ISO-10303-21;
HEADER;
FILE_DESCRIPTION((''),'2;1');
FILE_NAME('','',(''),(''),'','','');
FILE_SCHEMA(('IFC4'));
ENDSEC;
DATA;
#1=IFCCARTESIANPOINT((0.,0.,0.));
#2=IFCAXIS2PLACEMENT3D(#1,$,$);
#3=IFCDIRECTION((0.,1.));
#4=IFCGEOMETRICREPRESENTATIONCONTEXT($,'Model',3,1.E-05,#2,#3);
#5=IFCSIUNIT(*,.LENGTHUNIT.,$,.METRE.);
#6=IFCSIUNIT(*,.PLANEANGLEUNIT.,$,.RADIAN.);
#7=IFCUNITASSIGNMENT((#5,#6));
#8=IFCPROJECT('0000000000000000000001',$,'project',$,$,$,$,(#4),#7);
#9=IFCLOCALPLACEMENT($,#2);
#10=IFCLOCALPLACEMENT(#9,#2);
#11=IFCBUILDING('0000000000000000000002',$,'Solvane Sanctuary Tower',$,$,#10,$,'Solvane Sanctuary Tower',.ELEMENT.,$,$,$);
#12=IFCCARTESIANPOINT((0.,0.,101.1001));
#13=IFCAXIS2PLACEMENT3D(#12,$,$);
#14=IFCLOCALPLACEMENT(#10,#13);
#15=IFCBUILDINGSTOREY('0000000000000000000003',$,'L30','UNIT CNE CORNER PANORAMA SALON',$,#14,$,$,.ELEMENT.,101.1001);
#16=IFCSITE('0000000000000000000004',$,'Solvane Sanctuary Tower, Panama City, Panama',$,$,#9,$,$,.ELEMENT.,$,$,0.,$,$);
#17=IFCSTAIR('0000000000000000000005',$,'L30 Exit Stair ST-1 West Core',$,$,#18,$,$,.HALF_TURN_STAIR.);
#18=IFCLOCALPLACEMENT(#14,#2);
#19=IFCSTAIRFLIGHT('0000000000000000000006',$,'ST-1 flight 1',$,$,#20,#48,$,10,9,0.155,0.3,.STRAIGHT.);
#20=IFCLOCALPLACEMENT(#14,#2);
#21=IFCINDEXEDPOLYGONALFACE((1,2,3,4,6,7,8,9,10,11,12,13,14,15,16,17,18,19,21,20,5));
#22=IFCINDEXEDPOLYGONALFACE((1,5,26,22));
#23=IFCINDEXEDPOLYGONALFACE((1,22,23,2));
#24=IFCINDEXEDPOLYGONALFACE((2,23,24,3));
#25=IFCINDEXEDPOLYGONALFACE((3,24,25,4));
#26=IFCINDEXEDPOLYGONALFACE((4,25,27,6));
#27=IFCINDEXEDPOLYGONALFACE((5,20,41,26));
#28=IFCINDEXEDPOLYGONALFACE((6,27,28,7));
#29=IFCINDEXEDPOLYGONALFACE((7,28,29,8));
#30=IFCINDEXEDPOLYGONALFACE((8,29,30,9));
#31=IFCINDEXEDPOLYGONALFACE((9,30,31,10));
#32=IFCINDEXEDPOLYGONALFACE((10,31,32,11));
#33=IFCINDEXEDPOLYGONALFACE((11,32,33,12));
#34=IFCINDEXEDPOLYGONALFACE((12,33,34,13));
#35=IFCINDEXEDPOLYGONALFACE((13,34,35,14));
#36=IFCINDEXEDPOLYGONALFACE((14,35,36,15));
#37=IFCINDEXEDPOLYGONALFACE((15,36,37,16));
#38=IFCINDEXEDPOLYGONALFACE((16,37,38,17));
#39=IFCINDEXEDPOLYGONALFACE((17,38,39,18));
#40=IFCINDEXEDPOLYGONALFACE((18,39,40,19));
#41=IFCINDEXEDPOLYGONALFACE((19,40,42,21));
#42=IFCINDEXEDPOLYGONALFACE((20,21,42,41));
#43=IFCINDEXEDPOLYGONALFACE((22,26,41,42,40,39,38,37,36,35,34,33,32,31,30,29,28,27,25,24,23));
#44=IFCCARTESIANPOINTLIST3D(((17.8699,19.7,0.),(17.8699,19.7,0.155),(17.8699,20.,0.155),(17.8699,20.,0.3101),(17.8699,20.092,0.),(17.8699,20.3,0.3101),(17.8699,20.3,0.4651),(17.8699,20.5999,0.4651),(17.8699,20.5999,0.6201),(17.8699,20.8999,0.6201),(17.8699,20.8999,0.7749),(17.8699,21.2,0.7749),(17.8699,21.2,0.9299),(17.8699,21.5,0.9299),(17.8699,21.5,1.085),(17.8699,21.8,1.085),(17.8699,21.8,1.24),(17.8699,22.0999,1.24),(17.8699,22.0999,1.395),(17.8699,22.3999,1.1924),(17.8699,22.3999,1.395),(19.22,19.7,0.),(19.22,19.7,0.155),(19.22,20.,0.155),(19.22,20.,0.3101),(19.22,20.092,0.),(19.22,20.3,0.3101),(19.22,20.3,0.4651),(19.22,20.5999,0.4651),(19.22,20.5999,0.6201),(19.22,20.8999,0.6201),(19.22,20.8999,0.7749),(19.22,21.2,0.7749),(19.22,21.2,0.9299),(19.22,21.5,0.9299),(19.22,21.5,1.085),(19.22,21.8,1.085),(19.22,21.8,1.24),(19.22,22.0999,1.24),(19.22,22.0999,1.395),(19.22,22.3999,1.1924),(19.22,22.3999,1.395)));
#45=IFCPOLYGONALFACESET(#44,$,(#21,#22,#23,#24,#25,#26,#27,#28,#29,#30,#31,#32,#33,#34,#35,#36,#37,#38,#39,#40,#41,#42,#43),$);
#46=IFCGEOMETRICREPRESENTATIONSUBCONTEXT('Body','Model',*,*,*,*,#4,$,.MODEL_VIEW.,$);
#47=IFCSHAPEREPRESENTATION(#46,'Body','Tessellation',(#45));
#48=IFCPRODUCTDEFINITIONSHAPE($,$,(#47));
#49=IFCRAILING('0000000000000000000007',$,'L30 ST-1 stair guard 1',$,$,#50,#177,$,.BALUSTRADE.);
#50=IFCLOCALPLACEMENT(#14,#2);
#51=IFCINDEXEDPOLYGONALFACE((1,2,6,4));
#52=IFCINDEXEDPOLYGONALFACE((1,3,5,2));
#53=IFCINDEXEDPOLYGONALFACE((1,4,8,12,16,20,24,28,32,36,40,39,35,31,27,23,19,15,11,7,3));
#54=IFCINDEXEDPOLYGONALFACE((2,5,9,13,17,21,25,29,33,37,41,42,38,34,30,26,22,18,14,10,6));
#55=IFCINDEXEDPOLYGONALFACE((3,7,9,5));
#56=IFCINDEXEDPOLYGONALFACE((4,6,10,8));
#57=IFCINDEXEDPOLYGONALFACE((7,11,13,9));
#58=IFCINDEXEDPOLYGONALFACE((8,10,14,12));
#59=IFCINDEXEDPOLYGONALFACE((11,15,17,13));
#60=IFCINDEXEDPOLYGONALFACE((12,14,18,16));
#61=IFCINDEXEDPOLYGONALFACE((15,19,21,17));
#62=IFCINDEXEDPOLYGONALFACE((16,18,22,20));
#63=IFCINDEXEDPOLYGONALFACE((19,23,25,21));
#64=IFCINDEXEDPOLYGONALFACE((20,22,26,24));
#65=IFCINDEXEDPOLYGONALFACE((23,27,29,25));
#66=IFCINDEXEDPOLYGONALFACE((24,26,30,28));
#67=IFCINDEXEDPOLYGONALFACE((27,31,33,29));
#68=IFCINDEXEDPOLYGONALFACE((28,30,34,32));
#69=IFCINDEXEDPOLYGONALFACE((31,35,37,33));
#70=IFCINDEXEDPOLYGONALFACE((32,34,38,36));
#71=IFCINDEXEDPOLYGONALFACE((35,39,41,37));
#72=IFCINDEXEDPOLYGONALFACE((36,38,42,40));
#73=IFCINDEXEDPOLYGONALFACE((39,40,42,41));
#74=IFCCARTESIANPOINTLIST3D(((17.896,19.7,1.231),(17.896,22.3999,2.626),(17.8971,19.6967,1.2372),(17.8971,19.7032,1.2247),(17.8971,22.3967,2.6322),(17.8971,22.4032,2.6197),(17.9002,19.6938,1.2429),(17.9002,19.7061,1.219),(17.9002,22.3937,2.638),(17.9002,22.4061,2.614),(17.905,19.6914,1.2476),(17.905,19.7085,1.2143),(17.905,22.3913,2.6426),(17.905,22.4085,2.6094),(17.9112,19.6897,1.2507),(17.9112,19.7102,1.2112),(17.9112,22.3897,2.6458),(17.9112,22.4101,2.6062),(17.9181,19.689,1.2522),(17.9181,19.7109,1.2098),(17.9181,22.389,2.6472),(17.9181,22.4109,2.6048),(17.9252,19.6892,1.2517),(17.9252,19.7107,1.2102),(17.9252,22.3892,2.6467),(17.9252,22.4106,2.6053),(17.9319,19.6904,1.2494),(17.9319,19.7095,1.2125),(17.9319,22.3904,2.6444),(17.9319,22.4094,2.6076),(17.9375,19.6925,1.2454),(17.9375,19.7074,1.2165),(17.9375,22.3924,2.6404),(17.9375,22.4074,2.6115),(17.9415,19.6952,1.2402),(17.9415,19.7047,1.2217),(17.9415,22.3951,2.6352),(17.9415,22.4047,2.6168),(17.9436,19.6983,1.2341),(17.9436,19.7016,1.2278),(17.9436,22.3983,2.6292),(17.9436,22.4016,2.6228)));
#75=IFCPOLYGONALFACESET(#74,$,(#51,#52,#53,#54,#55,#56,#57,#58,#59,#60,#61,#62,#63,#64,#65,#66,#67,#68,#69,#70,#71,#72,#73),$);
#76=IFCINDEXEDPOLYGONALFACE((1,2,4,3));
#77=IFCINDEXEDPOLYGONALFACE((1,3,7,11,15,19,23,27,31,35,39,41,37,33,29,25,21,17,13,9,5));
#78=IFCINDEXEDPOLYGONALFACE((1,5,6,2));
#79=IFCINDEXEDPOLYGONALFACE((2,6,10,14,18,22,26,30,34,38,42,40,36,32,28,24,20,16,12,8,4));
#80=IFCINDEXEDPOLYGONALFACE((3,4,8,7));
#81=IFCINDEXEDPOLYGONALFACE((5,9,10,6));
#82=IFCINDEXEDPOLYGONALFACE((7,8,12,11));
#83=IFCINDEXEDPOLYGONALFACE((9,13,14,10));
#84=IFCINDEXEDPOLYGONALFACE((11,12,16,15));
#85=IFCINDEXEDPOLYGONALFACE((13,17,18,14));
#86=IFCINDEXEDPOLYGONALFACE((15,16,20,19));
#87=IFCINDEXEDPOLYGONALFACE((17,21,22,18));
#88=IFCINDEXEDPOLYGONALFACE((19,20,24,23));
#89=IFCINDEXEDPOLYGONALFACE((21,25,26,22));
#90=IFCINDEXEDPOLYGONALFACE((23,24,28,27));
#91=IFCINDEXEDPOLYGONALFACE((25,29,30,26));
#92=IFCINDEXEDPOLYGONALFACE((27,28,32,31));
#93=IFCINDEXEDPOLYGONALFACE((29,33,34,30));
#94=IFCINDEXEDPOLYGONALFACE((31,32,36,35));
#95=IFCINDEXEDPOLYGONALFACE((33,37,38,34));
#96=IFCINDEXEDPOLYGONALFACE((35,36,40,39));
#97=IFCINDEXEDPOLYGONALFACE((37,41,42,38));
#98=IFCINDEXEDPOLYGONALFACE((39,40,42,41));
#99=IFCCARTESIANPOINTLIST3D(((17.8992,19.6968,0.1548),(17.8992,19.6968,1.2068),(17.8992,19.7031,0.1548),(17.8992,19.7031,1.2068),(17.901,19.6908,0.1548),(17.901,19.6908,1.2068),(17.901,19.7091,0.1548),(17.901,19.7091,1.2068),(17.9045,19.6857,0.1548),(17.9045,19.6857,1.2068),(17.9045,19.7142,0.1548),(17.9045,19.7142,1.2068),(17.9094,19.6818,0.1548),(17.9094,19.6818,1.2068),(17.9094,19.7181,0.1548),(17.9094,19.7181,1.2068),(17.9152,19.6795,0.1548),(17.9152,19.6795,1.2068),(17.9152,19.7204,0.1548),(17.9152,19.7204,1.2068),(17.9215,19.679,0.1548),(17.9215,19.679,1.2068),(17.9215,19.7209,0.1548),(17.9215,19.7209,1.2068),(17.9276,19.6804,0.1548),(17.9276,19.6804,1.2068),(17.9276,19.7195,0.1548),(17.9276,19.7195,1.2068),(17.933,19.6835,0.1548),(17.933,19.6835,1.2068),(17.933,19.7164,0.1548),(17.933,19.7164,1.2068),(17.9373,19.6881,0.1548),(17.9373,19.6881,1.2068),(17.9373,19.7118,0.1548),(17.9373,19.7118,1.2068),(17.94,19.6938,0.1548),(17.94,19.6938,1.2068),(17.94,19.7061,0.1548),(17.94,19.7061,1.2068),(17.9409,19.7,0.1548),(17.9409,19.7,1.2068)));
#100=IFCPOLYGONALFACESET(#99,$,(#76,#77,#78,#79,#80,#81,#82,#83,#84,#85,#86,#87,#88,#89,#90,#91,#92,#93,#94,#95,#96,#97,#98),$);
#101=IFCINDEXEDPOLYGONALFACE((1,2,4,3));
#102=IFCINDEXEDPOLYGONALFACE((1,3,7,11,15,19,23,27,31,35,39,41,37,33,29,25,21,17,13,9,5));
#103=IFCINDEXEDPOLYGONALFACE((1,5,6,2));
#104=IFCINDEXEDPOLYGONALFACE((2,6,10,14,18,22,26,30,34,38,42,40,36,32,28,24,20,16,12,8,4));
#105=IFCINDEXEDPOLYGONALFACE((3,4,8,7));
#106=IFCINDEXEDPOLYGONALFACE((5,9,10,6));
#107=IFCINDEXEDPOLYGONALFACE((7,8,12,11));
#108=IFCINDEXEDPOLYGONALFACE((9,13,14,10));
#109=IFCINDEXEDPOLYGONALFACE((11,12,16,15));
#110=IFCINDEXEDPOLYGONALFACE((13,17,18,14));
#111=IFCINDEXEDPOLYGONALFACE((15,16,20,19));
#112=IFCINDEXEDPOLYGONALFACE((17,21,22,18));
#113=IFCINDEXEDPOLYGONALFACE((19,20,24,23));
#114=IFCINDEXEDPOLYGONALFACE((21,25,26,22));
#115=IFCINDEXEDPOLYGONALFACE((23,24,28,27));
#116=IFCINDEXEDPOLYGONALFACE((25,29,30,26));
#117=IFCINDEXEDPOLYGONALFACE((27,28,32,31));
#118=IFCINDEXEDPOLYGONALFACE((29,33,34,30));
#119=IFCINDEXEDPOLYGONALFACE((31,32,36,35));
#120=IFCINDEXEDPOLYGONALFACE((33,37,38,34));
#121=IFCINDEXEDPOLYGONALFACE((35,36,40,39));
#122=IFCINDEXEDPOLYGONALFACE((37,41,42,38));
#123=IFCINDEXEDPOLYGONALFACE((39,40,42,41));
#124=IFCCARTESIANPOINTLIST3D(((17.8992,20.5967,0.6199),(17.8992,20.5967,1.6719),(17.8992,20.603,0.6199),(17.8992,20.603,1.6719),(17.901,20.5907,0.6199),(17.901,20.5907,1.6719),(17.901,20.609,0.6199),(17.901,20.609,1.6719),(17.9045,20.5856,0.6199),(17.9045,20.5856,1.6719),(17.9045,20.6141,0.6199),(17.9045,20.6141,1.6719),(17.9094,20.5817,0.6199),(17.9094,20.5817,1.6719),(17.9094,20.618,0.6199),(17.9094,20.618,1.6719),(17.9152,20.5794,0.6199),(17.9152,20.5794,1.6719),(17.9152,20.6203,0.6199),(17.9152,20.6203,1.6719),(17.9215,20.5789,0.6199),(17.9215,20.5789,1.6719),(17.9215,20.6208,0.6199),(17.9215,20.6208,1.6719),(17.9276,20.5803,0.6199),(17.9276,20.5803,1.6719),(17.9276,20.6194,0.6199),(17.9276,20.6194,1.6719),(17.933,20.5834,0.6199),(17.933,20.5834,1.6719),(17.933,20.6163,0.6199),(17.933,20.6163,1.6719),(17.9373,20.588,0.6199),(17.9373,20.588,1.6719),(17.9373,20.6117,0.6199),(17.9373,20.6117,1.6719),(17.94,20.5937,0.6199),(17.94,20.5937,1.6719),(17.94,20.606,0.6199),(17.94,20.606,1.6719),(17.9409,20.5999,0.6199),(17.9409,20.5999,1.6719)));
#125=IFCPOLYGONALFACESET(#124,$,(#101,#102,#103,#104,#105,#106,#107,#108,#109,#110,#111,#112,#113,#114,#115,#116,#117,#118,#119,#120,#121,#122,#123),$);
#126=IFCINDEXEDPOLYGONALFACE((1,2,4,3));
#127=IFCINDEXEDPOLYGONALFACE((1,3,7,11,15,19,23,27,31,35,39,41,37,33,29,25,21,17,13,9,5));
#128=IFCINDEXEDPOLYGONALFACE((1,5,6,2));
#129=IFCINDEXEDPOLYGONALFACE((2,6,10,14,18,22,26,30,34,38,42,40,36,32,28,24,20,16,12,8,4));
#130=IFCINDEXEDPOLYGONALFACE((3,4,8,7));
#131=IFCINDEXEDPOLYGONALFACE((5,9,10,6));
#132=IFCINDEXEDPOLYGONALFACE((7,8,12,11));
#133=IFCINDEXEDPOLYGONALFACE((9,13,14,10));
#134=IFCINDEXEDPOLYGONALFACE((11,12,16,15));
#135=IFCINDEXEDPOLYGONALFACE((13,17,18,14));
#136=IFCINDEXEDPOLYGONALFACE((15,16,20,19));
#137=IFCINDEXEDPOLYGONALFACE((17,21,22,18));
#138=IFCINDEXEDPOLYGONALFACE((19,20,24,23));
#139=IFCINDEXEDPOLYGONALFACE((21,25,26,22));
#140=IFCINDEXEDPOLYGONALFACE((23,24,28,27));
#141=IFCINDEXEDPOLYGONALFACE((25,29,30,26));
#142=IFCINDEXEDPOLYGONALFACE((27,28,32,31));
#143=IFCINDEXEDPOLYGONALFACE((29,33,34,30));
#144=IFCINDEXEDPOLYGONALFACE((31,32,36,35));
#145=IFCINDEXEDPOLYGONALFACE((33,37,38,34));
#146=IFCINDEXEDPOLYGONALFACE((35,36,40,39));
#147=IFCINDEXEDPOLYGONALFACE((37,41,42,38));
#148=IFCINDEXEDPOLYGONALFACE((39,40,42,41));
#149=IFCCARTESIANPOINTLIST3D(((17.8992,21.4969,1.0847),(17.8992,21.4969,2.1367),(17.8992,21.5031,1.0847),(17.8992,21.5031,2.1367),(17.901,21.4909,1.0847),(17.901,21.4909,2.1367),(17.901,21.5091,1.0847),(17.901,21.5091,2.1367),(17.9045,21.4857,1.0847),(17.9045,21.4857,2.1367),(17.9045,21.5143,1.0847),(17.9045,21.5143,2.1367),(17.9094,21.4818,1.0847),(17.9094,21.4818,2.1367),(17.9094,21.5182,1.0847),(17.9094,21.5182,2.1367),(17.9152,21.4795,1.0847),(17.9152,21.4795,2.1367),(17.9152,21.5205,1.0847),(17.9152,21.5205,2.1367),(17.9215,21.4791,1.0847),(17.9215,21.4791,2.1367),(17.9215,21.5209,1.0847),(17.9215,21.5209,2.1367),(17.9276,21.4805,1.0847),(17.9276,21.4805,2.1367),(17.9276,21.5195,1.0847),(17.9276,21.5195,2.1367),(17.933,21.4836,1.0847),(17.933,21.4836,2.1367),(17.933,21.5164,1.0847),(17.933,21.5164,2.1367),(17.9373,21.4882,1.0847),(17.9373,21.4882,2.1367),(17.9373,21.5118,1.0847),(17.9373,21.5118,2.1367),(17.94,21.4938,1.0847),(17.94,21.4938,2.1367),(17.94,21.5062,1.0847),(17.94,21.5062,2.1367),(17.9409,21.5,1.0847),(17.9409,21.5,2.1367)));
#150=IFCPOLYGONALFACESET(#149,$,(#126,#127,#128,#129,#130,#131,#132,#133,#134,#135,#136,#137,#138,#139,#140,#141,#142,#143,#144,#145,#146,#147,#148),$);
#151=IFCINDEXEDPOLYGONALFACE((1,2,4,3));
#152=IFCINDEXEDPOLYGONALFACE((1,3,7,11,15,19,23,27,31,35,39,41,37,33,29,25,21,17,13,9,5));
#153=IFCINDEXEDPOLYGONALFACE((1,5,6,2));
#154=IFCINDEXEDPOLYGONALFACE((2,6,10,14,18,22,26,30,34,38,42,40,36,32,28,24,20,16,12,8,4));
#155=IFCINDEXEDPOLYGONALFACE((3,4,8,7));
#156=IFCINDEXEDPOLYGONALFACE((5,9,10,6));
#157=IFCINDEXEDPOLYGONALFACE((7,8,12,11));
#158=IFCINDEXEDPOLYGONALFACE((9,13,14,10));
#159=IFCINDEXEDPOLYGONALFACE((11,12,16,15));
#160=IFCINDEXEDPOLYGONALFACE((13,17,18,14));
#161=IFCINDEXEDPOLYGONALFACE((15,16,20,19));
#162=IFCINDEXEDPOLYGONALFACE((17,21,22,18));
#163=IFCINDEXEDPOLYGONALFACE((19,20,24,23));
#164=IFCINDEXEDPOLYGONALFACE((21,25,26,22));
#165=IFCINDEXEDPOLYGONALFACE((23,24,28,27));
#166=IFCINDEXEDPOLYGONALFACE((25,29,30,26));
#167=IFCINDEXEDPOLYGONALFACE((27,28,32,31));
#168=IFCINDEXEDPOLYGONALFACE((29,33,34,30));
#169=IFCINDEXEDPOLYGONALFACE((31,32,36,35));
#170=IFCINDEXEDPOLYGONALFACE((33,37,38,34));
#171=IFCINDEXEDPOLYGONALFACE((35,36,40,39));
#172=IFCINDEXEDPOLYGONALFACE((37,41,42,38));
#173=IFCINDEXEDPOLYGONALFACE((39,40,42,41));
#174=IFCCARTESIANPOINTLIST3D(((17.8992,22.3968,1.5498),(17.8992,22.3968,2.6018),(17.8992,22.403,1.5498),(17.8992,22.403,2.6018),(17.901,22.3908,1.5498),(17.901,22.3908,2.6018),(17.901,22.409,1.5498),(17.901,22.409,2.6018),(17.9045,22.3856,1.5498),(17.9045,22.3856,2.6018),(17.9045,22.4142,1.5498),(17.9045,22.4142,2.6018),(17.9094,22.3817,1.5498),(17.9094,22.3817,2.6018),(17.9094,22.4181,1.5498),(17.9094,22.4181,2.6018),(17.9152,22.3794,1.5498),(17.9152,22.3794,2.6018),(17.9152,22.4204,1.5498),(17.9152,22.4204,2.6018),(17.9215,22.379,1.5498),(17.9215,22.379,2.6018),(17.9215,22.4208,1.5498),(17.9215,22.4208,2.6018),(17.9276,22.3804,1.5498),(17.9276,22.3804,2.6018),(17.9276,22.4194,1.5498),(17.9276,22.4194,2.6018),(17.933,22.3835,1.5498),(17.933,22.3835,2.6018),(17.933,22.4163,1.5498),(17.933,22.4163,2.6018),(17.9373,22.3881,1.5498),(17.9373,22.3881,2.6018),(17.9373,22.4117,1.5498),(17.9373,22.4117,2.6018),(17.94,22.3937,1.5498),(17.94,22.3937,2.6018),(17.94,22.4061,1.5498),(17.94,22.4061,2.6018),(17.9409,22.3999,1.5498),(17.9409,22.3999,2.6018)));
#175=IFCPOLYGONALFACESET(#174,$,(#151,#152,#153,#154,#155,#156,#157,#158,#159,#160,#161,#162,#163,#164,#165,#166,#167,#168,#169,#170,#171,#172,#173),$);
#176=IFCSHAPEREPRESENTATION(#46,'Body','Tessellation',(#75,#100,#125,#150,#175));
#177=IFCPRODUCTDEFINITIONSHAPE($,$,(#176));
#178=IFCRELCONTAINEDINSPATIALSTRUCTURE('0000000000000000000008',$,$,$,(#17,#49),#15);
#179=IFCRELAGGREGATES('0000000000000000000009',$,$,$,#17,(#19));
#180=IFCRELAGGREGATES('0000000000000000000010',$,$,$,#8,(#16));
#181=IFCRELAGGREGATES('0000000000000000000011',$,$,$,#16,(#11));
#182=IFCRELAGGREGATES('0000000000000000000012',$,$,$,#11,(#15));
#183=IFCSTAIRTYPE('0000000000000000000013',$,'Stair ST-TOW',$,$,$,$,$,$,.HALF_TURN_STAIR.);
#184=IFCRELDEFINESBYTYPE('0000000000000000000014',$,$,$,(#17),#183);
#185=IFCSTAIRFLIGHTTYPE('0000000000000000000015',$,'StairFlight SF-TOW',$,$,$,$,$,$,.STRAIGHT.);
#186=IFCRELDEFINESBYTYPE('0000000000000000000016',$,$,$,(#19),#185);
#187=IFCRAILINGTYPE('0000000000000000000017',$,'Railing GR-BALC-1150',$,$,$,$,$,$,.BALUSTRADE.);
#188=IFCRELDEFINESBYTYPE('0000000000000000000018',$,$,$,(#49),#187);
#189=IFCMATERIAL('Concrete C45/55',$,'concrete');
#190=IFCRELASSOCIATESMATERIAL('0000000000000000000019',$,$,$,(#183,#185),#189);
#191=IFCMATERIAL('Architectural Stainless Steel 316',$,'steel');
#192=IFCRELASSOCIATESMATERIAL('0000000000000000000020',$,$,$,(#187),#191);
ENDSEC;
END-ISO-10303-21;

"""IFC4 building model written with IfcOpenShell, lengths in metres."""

from ifc_helpers import new_model, si_unit, direction, frame, origin, origin_2d, place, context, subcontext, project, spatial, polyline, circle, outline, extrude, material, type_object, element, aggregate, save


model = new_model("IFC4")

# Units and contexts
model_context = context("Model", 3, precision=1e-05, world=origin(), true_north=direction((0.0, 1.0)))
body_context = subcontext(model_context, "Body", "Model", "MODEL_VIEW")
ifc_project = project(units=[si_unit("LENGTHUNIT", "METRE"), si_unit("PLANEANGLEUNIT", "RADIAN")], contexts=[model_context])

# Site, building, storey
site_placement = place(None, origin())
site = spatial("IfcSite", under=ifc_project, at=site_placement, Name="Solvane Sanctuary Tower, Panama City, Panama", CompositionType="ELEMENT", RefElevation=0.0)
building_placement = place(site_placement, origin())
building = spatial("IfcBuilding", under=site, at=building_placement, Name="Solvane Sanctuary Tower", LongName="Solvane Sanctuary Tower", CompositionType="ELEMENT")
storey_placement = place(building_placement, frame((0.0, 0.0, 101.1001)))
storey = spatial("IfcBuildingStorey", under=building, at=storey_placement, Name="L30", Description="UNIT CNE CORNER PANORAMA SALON", CompositionType="ELEMENT", Elevation=101.1001)

# Shared definitions
ifc_material_1 = material(Name="Architectural Stainless Steel 316", Category="steel")

# Stair, stair flight
ifc_material_2 = material(Name="Concrete C45/55", Category="concrete")
stair_type = type_object("IfcStairType", Name="Stair ST-TOW", PredefinedType="HALF_TURN_STAIR", material=ifc_material_2)
stair_placement = place(storey_placement, origin())
stair = element("IfcStair", 1, at=stair_placement, inside=storey, type_object=stair_type, Name="L30 Exit Stair ST-1 West Core", PredefinedType="HALF_TURN_STAIR")
stair_flight_type = type_object("IfcStairFlightType", Name="StairFlight SF-TOW", PredefinedType="STRAIGHT", material=ifc_material_2)
stair_flight_placement = place(storey_placement, frame((18.5449, 19.7, 0.0), z_axis=(0.0, 0.0, 1.0), x_axis=(0.0, 1.0, 0.0)))
stair_flight = element("IfcStairFlight", 2, at=stair_flight_placement, type_object=stair_flight_type, Name="ST-1 flight 1", NumberOfRisers=10, NumberOfTreads=9, PredefinedType="STRAIGHT", RiserHeight=0.155, TreadLength=0.3, context=body_context, shape_type="SweptSolid", body=[
    extrude(outline(polyline([(0.0, 0.0), (0.0, 0.155), (0.3, 0.155), (0.3, 0.3101), (0.6001, 0.3101), (0.6001, 0.4651), (0.8999, 0.4651), (0.8999, 0.6201), (1.2, 0.6201), (1.2, 0.7749), (1.5, 0.7749), (1.5, 0.9299), (1.8, 0.9299), (1.8, 1.085), (2.1001, 1.085), (2.1001, 1.24), (2.3999, 1.24), (2.3999, 1.395), (2.7, 1.395), (2.7, 1.55), (2.7, 1.1924), (0.3921, 0.0), (0.0, 0.0)])), frame((0.0, 0.675, 0.0), z_axis=(0.0, -1.0, 0.0), x_axis=(1.0, 0.0, 0.0)), (0.0, 0.0, 1.0), 1.3501),
])
aggregate(stair, [stair_flight])

# Railing
railing_type = type_object("IfcRailingType", Name="Railing GR-BALC-1150", PredefinedType="BALUSTRADE", material=ifc_material_1)
railing_placement = place(storey_placement, frame((17.9199, 19.7, 0.1548)))
element("IfcRailing", 3, at=railing_placement, inside=storey, type_object=railing_type, Name="L30 ST-1 stair guard 1", PredefinedType="BALUSTRADE", context=body_context, shape_type="SweptSolid", body=[
    extrude(circle(Radius=0.0239, at=origin_2d()), frame((0.0, 0.0, 1.0762), z_axis=(0.0, 0.88842, 0.459032), x_axis=(-1.0, 0.0, 0.0)), (0.0, 0.0, 1.0), 3.0391),
    extrude(circle(Radius=0.021, at=origin_2d()), origin(), (0.0, 0.0, 1.0), 1.052),
    extrude(circle(Radius=0.021, at=origin_2d()), frame((0.0, 0.8999, 0.4651)), (0.0, 0.0, 1.0), 1.052),
    extrude(circle(Radius=0.021, at=origin_2d()), frame((0.0, 1.8, 0.9299)), (0.0, 0.0, 1.0), 1.052),
    extrude(circle(Radius=0.021, at=origin_2d()), frame((0.0, 2.7, 1.395)), (0.0, 0.0, 1.0), 1.052),
])

save(model, "model.ifc")
